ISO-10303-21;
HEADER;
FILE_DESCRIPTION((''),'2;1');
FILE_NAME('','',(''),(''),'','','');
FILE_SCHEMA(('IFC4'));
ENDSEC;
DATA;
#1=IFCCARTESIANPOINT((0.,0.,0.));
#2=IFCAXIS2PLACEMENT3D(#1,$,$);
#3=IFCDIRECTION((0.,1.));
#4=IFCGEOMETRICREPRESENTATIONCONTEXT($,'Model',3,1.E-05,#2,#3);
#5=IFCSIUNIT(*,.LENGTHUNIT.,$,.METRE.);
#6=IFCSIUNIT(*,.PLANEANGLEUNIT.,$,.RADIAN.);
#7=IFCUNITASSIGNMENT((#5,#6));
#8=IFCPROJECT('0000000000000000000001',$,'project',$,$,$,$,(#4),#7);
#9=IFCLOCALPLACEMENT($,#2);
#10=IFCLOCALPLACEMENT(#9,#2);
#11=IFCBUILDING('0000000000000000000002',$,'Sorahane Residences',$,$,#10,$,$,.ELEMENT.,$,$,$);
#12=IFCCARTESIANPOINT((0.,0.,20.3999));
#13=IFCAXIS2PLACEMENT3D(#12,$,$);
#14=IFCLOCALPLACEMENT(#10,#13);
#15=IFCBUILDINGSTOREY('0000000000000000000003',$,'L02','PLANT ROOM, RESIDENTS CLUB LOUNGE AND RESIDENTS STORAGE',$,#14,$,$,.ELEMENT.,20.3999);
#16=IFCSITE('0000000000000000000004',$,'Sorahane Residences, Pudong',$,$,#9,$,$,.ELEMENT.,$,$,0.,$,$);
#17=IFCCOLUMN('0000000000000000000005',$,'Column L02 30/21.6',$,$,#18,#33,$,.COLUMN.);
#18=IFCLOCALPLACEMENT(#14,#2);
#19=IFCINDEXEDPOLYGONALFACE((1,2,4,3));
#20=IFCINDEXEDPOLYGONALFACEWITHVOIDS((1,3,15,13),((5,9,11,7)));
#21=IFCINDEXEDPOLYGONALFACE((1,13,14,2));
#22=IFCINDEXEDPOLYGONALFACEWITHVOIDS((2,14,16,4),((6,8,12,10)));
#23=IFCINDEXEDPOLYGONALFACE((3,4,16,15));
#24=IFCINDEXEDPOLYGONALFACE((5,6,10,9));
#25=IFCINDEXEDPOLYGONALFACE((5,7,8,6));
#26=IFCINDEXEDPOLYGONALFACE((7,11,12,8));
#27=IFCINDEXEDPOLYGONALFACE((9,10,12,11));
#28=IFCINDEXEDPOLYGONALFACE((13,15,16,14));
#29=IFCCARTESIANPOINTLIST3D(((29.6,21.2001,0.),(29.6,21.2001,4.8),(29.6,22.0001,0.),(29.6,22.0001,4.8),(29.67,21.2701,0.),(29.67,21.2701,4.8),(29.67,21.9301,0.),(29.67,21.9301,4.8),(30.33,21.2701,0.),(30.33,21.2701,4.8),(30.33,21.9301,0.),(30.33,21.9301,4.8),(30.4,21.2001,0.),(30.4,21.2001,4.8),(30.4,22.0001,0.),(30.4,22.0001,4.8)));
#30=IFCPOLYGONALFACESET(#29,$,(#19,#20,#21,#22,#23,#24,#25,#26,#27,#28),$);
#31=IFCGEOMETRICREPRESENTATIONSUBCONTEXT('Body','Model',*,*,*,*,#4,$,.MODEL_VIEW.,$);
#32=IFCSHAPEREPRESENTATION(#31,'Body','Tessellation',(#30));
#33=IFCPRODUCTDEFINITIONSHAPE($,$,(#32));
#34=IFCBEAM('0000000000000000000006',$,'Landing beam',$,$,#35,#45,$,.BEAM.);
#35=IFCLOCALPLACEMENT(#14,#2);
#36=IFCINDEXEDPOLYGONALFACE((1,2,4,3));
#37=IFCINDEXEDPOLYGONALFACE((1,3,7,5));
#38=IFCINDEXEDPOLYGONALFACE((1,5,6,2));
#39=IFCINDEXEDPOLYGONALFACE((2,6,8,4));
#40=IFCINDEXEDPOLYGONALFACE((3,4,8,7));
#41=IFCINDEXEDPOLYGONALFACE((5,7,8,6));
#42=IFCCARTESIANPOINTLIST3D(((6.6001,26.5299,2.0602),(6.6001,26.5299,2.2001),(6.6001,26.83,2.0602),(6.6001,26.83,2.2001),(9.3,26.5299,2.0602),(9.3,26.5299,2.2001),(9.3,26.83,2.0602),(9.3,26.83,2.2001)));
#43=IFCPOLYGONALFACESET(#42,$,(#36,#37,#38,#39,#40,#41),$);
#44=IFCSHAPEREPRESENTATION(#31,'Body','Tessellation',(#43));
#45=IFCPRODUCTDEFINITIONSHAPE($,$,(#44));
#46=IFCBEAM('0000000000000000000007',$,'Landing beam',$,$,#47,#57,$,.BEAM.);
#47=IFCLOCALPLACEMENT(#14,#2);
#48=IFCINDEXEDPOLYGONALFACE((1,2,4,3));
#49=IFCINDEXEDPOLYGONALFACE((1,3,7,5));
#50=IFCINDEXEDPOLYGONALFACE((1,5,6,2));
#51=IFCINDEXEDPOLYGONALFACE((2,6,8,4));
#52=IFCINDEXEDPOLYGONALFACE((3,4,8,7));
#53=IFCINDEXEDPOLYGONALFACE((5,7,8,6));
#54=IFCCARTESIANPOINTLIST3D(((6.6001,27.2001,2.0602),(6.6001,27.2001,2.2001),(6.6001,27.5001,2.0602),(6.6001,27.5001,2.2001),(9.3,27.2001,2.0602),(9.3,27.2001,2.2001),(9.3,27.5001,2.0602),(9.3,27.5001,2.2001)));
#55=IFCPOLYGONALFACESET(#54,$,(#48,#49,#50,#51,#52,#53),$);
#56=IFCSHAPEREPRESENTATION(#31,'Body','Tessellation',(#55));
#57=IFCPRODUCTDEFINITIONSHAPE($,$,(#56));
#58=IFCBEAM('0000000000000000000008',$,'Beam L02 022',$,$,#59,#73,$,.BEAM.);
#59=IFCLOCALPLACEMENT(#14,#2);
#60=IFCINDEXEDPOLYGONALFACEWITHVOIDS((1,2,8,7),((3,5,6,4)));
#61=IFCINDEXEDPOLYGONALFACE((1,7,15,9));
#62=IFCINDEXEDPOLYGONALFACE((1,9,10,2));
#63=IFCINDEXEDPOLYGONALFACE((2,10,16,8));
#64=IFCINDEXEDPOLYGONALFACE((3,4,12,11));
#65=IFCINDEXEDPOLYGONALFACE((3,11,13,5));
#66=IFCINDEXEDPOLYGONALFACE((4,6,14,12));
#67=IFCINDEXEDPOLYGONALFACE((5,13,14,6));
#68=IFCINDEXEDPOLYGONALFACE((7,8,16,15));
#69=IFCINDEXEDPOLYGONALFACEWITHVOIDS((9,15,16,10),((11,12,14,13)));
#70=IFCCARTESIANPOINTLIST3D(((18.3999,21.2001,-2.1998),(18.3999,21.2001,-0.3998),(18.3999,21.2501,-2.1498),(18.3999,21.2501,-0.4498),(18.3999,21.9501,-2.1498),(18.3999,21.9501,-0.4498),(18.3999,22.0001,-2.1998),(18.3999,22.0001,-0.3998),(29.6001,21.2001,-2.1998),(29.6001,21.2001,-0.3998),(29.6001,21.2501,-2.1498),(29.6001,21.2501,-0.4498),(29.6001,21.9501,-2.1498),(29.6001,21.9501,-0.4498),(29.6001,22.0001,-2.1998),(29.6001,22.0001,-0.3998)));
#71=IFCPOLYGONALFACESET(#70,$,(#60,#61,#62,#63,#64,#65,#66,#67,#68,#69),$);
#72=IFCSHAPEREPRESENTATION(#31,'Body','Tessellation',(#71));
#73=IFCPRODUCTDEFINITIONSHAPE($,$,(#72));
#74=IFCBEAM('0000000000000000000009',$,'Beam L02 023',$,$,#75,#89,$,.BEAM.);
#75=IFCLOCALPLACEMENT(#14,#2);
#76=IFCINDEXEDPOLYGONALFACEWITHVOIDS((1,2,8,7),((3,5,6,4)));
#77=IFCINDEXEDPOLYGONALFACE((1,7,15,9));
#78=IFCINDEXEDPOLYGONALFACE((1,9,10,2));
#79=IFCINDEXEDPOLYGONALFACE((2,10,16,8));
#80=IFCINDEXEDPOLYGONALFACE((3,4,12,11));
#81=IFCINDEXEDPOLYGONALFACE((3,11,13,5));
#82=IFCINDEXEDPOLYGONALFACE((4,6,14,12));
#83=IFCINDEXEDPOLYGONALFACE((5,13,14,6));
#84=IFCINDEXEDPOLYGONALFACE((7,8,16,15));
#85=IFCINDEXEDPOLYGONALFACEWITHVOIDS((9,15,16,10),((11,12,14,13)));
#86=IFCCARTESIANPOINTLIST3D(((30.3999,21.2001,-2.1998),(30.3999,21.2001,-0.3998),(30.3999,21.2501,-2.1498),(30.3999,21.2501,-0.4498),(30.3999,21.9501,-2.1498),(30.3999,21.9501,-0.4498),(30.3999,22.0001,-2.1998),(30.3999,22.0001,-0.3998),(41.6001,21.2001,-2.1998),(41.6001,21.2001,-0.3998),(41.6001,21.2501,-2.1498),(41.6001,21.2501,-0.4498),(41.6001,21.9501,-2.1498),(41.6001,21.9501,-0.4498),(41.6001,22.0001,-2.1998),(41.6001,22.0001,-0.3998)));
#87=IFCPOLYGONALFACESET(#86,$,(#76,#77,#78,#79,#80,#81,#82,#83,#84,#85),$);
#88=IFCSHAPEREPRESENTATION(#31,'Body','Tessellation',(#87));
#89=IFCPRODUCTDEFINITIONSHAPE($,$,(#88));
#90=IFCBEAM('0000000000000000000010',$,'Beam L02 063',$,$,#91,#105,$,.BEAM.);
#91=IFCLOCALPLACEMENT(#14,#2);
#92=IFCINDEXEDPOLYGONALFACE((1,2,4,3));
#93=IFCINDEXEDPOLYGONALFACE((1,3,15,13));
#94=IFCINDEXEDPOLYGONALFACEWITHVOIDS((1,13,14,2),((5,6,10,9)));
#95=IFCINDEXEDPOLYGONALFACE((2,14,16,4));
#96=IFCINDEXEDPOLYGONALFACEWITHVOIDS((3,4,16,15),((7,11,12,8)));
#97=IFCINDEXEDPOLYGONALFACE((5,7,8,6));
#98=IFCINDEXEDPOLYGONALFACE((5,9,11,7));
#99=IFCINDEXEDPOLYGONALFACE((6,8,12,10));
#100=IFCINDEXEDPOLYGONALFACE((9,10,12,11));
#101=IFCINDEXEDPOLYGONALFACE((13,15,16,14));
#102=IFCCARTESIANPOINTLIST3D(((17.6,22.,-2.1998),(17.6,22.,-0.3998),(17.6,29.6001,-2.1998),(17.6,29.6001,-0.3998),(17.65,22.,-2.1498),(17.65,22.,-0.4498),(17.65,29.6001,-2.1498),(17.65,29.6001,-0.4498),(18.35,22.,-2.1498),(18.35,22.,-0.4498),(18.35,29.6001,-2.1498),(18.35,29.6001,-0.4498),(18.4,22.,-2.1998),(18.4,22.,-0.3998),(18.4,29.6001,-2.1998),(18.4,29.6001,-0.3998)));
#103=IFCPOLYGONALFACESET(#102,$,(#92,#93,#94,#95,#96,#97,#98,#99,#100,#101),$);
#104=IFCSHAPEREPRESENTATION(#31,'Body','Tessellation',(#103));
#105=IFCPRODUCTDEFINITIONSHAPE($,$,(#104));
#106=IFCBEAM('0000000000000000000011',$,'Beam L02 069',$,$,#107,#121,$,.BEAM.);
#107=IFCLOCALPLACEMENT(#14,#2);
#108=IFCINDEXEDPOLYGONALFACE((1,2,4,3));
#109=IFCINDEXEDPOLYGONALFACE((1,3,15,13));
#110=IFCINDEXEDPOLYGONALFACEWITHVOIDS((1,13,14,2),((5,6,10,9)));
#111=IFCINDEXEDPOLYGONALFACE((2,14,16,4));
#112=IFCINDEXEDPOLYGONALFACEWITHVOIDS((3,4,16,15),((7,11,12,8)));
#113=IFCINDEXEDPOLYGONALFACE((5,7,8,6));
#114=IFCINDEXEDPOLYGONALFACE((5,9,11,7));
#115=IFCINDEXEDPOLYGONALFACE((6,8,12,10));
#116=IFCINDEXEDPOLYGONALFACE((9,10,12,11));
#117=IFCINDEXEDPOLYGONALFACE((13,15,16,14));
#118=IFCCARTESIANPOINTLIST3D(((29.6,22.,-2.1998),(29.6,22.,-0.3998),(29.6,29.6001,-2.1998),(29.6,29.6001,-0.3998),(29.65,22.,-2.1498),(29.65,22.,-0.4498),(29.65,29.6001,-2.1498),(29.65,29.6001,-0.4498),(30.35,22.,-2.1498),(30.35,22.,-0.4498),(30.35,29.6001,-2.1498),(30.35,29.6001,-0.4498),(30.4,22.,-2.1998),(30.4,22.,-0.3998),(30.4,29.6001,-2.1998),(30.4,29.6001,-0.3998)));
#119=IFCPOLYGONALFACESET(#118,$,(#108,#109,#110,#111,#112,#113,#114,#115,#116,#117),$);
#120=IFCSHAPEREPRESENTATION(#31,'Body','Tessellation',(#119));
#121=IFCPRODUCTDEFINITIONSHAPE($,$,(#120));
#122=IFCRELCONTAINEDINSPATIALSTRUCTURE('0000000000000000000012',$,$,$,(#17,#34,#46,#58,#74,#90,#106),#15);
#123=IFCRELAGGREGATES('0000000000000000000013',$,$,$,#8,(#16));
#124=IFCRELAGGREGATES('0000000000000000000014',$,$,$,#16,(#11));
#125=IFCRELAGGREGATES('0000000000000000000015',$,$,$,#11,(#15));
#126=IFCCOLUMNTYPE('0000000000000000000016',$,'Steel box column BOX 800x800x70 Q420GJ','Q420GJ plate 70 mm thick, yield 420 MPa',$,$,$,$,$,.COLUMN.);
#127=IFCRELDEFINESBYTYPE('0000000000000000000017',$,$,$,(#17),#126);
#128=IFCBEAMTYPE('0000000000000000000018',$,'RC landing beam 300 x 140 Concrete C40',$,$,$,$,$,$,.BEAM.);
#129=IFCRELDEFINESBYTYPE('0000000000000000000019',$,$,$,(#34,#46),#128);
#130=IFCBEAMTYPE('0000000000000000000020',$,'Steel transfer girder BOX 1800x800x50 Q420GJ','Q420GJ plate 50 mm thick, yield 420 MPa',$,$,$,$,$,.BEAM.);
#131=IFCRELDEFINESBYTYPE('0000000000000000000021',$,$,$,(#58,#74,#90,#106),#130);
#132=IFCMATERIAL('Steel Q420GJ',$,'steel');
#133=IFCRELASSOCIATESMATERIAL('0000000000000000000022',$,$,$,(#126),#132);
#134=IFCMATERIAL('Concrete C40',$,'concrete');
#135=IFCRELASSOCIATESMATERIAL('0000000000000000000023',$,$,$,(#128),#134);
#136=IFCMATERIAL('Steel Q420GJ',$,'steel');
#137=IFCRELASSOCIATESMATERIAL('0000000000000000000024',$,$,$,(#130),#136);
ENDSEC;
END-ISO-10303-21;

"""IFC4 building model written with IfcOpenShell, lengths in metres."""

from ifc_helpers import new_model, si_unit, direction, frame, origin, origin_2d, place, context, subcontext, project, spatial, rectangle, hollow_rectangle, extrude, material, material_profile, profile_set, type_object, element, save


model = new_model("IFC4")

# Units and contexts
model_context = context("Model", 3, precision=1e-05, world=origin(), true_north=direction((0.0, 1.0)))
body_context = subcontext(model_context, "Body", "Model", "MODEL_VIEW")
ifc_project = project(units=[si_unit("LENGTHUNIT", "METRE"), si_unit("PLANEANGLEUNIT", "RADIAN")], contexts=[model_context])

# Site, building, storey
site_placement = place(None, origin())
site = spatial("IfcSite", under=ifc_project, at=site_placement, Name="Sorahane Residences, Pudong", CompositionType="ELEMENT", RefElevation=0.0)
building_placement = place(site_placement, origin())
building = spatial("IfcBuilding", under=site, at=building_placement, Name="Sorahane Residences", CompositionType="ELEMENT")
storey_placement = place(building_placement, frame((0.0, 0.0, 20.3999)))
storey = spatial("IfcBuildingStorey", under=building, at=storey_placement, Name="L02", Description="PLANT ROOM, RESIDENTS CLUB LOUNGE AND RESIDENTS STORAGE", CompositionType="ELEMENT", Elevation=20.3999)

# Column
ifc_material_1 = material(Name="Steel Q420GJ", Category="steel")
ifc_material_profile_1 = material_profile(ifc_material_1, hollow_rectangle(XDim=0.8, YDim=0.8, WallThickness=0.0701, at=origin_2d()), Name="BOX 800x800x70")
ifc_profile_set_1 = profile_set([ifc_material_profile_1], Name="Steel Q420GJ")
column_type = type_object("IfcColumnType", Name="Steel box column BOX 800x800x70 Q420GJ", Description="Q420GJ plate 70 mm thick, yield 420 MPa", PredefinedType="COLUMN", material=ifc_profile_set_1)
column_placement = place(storey_placement, frame((30.0, 21.6001, 0.0), z_axis=(0.0, 0.0, 1.0), x_axis=(1.0, 0.0, 0.0)))
element("IfcColumn", 1, at=column_placement, inside=storey, type_object=column_type, Name="Column L02 30/21.6", PredefinedType="COLUMN", context=body_context, shape_type="SweptSolid", body=[
    extrude(hollow_rectangle(XDim=0.8, YDim=0.8, WallThickness=0.0701, at=origin_2d()), origin(), (0.0, 0.0, 1.0), 4.8),
])

# Beams
ifc_material_2 = material(Name="Concrete C40", Category="concrete")
ifc_material_profile_2 = material_profile(ifc_material_2, rectangle(XDim=0.3, YDim=0.1399, at=origin_2d()), Name="300x140")
ifc_profile_set_2 = profile_set([ifc_material_profile_2], Name="Concrete C40")
beam_type_1 = type_object("IfcBeamType", Name="RC landing beam 300 x 140 Concrete C40", PredefinedType="BEAM", material=ifc_profile_set_2)
for number, where, z_axis, x_axis, name in (
    (2, (6.6001, 26.6799, 2.1301), (1.0, 0.0, 0.0), (0.0, 1.0, 0.0), "Landing beam"),
    (3, (6.6001, 27.3501, 2.1301), (1.0, 0.0, 0.0), (0.0, 1.0, 0.0), "Landing beam"),
):
    element("IfcBeam", number, at=place(storey_placement, frame(where, z_axis=z_axis, x_axis=x_axis)), inside=storey, type_object=beam_type_1, Name=name, PredefinedType="BEAM", context=body_context, shape_type="SweptSolid", body=[
        extrude(rectangle(XDim=0.3, YDim=0.1399, at=origin_2d()), origin(), (0.0, 0.0, 1.0), 2.7),
    ])
ifc_material_3 = material(Name="Steel Q420GJ", Category="steel")
ifc_material_profile_3 = material_profile(ifc_material_3, hollow_rectangle(XDim=0.8, YDim=1.8, WallThickness=0.05, at=origin_2d()), Name="BOX 1800x800x50")
ifc_profile_set_3 = profile_set([ifc_material_profile_3], Name="Steel Q420GJ")
beam_type_2 = type_object("IfcBeamType", Name="Steel transfer girder BOX 1800x800x50 Q420GJ", Description="Q420GJ plate 50 mm thick, yield 420 MPa", PredefinedType="BEAM", material=ifc_profile_set_3)
for number, where, z_axis, x_axis, name in (
    (4, (18.3999, 21.6001, -1.2998), (1.0, 0.0, 0.0), (0.0, 1.0, 0.0), "Beam L02 022"),
    (5, (30.3999, 21.6001, -1.2998), (1.0, 0.0, 0.0), (0.0, 1.0, 0.0), "Beam L02 023"),
):
    element("IfcBeam", number, at=place(storey_placement, frame(where, z_axis=z_axis, x_axis=x_axis)), inside=storey, type_object=beam_type_2, Name=name, PredefinedType="BEAM", context=body_context, shape_type="SweptSolid", body=[
        extrude(hollow_rectangle(XDim=0.8, YDim=1.8, WallThickness=0.05, at=origin_2d()), origin(), (0.0, 0.0, 1.0), 11.2002),
    ])
for number, where, z_axis, x_axis, name in (
    (6, (18.0, 22.0, -1.2998), (0.0, 1.0, 0.0), (-1.0, 0.0, 0.0), "Beam L02 063"),
    (7, (30.0, 22.0, -1.2998), (0.0, 1.0, 0.0), (-1.0, 0.0, 0.0), "Beam L02 069"),
):
    element("IfcBeam", number, at=place(storey_placement, frame(where, z_axis=z_axis, x_axis=x_axis)), inside=storey, type_object=beam_type_2, Name=name, PredefinedType="BEAM", context=body_context, shape_type="SweptSolid", body=[
        extrude(hollow_rectangle(XDim=0.8, YDim=1.8, WallThickness=0.05, at=origin_2d()), origin(), (0.0, 0.0, 1.0), 7.6001),
    ])

save(model, "model.ifc")
